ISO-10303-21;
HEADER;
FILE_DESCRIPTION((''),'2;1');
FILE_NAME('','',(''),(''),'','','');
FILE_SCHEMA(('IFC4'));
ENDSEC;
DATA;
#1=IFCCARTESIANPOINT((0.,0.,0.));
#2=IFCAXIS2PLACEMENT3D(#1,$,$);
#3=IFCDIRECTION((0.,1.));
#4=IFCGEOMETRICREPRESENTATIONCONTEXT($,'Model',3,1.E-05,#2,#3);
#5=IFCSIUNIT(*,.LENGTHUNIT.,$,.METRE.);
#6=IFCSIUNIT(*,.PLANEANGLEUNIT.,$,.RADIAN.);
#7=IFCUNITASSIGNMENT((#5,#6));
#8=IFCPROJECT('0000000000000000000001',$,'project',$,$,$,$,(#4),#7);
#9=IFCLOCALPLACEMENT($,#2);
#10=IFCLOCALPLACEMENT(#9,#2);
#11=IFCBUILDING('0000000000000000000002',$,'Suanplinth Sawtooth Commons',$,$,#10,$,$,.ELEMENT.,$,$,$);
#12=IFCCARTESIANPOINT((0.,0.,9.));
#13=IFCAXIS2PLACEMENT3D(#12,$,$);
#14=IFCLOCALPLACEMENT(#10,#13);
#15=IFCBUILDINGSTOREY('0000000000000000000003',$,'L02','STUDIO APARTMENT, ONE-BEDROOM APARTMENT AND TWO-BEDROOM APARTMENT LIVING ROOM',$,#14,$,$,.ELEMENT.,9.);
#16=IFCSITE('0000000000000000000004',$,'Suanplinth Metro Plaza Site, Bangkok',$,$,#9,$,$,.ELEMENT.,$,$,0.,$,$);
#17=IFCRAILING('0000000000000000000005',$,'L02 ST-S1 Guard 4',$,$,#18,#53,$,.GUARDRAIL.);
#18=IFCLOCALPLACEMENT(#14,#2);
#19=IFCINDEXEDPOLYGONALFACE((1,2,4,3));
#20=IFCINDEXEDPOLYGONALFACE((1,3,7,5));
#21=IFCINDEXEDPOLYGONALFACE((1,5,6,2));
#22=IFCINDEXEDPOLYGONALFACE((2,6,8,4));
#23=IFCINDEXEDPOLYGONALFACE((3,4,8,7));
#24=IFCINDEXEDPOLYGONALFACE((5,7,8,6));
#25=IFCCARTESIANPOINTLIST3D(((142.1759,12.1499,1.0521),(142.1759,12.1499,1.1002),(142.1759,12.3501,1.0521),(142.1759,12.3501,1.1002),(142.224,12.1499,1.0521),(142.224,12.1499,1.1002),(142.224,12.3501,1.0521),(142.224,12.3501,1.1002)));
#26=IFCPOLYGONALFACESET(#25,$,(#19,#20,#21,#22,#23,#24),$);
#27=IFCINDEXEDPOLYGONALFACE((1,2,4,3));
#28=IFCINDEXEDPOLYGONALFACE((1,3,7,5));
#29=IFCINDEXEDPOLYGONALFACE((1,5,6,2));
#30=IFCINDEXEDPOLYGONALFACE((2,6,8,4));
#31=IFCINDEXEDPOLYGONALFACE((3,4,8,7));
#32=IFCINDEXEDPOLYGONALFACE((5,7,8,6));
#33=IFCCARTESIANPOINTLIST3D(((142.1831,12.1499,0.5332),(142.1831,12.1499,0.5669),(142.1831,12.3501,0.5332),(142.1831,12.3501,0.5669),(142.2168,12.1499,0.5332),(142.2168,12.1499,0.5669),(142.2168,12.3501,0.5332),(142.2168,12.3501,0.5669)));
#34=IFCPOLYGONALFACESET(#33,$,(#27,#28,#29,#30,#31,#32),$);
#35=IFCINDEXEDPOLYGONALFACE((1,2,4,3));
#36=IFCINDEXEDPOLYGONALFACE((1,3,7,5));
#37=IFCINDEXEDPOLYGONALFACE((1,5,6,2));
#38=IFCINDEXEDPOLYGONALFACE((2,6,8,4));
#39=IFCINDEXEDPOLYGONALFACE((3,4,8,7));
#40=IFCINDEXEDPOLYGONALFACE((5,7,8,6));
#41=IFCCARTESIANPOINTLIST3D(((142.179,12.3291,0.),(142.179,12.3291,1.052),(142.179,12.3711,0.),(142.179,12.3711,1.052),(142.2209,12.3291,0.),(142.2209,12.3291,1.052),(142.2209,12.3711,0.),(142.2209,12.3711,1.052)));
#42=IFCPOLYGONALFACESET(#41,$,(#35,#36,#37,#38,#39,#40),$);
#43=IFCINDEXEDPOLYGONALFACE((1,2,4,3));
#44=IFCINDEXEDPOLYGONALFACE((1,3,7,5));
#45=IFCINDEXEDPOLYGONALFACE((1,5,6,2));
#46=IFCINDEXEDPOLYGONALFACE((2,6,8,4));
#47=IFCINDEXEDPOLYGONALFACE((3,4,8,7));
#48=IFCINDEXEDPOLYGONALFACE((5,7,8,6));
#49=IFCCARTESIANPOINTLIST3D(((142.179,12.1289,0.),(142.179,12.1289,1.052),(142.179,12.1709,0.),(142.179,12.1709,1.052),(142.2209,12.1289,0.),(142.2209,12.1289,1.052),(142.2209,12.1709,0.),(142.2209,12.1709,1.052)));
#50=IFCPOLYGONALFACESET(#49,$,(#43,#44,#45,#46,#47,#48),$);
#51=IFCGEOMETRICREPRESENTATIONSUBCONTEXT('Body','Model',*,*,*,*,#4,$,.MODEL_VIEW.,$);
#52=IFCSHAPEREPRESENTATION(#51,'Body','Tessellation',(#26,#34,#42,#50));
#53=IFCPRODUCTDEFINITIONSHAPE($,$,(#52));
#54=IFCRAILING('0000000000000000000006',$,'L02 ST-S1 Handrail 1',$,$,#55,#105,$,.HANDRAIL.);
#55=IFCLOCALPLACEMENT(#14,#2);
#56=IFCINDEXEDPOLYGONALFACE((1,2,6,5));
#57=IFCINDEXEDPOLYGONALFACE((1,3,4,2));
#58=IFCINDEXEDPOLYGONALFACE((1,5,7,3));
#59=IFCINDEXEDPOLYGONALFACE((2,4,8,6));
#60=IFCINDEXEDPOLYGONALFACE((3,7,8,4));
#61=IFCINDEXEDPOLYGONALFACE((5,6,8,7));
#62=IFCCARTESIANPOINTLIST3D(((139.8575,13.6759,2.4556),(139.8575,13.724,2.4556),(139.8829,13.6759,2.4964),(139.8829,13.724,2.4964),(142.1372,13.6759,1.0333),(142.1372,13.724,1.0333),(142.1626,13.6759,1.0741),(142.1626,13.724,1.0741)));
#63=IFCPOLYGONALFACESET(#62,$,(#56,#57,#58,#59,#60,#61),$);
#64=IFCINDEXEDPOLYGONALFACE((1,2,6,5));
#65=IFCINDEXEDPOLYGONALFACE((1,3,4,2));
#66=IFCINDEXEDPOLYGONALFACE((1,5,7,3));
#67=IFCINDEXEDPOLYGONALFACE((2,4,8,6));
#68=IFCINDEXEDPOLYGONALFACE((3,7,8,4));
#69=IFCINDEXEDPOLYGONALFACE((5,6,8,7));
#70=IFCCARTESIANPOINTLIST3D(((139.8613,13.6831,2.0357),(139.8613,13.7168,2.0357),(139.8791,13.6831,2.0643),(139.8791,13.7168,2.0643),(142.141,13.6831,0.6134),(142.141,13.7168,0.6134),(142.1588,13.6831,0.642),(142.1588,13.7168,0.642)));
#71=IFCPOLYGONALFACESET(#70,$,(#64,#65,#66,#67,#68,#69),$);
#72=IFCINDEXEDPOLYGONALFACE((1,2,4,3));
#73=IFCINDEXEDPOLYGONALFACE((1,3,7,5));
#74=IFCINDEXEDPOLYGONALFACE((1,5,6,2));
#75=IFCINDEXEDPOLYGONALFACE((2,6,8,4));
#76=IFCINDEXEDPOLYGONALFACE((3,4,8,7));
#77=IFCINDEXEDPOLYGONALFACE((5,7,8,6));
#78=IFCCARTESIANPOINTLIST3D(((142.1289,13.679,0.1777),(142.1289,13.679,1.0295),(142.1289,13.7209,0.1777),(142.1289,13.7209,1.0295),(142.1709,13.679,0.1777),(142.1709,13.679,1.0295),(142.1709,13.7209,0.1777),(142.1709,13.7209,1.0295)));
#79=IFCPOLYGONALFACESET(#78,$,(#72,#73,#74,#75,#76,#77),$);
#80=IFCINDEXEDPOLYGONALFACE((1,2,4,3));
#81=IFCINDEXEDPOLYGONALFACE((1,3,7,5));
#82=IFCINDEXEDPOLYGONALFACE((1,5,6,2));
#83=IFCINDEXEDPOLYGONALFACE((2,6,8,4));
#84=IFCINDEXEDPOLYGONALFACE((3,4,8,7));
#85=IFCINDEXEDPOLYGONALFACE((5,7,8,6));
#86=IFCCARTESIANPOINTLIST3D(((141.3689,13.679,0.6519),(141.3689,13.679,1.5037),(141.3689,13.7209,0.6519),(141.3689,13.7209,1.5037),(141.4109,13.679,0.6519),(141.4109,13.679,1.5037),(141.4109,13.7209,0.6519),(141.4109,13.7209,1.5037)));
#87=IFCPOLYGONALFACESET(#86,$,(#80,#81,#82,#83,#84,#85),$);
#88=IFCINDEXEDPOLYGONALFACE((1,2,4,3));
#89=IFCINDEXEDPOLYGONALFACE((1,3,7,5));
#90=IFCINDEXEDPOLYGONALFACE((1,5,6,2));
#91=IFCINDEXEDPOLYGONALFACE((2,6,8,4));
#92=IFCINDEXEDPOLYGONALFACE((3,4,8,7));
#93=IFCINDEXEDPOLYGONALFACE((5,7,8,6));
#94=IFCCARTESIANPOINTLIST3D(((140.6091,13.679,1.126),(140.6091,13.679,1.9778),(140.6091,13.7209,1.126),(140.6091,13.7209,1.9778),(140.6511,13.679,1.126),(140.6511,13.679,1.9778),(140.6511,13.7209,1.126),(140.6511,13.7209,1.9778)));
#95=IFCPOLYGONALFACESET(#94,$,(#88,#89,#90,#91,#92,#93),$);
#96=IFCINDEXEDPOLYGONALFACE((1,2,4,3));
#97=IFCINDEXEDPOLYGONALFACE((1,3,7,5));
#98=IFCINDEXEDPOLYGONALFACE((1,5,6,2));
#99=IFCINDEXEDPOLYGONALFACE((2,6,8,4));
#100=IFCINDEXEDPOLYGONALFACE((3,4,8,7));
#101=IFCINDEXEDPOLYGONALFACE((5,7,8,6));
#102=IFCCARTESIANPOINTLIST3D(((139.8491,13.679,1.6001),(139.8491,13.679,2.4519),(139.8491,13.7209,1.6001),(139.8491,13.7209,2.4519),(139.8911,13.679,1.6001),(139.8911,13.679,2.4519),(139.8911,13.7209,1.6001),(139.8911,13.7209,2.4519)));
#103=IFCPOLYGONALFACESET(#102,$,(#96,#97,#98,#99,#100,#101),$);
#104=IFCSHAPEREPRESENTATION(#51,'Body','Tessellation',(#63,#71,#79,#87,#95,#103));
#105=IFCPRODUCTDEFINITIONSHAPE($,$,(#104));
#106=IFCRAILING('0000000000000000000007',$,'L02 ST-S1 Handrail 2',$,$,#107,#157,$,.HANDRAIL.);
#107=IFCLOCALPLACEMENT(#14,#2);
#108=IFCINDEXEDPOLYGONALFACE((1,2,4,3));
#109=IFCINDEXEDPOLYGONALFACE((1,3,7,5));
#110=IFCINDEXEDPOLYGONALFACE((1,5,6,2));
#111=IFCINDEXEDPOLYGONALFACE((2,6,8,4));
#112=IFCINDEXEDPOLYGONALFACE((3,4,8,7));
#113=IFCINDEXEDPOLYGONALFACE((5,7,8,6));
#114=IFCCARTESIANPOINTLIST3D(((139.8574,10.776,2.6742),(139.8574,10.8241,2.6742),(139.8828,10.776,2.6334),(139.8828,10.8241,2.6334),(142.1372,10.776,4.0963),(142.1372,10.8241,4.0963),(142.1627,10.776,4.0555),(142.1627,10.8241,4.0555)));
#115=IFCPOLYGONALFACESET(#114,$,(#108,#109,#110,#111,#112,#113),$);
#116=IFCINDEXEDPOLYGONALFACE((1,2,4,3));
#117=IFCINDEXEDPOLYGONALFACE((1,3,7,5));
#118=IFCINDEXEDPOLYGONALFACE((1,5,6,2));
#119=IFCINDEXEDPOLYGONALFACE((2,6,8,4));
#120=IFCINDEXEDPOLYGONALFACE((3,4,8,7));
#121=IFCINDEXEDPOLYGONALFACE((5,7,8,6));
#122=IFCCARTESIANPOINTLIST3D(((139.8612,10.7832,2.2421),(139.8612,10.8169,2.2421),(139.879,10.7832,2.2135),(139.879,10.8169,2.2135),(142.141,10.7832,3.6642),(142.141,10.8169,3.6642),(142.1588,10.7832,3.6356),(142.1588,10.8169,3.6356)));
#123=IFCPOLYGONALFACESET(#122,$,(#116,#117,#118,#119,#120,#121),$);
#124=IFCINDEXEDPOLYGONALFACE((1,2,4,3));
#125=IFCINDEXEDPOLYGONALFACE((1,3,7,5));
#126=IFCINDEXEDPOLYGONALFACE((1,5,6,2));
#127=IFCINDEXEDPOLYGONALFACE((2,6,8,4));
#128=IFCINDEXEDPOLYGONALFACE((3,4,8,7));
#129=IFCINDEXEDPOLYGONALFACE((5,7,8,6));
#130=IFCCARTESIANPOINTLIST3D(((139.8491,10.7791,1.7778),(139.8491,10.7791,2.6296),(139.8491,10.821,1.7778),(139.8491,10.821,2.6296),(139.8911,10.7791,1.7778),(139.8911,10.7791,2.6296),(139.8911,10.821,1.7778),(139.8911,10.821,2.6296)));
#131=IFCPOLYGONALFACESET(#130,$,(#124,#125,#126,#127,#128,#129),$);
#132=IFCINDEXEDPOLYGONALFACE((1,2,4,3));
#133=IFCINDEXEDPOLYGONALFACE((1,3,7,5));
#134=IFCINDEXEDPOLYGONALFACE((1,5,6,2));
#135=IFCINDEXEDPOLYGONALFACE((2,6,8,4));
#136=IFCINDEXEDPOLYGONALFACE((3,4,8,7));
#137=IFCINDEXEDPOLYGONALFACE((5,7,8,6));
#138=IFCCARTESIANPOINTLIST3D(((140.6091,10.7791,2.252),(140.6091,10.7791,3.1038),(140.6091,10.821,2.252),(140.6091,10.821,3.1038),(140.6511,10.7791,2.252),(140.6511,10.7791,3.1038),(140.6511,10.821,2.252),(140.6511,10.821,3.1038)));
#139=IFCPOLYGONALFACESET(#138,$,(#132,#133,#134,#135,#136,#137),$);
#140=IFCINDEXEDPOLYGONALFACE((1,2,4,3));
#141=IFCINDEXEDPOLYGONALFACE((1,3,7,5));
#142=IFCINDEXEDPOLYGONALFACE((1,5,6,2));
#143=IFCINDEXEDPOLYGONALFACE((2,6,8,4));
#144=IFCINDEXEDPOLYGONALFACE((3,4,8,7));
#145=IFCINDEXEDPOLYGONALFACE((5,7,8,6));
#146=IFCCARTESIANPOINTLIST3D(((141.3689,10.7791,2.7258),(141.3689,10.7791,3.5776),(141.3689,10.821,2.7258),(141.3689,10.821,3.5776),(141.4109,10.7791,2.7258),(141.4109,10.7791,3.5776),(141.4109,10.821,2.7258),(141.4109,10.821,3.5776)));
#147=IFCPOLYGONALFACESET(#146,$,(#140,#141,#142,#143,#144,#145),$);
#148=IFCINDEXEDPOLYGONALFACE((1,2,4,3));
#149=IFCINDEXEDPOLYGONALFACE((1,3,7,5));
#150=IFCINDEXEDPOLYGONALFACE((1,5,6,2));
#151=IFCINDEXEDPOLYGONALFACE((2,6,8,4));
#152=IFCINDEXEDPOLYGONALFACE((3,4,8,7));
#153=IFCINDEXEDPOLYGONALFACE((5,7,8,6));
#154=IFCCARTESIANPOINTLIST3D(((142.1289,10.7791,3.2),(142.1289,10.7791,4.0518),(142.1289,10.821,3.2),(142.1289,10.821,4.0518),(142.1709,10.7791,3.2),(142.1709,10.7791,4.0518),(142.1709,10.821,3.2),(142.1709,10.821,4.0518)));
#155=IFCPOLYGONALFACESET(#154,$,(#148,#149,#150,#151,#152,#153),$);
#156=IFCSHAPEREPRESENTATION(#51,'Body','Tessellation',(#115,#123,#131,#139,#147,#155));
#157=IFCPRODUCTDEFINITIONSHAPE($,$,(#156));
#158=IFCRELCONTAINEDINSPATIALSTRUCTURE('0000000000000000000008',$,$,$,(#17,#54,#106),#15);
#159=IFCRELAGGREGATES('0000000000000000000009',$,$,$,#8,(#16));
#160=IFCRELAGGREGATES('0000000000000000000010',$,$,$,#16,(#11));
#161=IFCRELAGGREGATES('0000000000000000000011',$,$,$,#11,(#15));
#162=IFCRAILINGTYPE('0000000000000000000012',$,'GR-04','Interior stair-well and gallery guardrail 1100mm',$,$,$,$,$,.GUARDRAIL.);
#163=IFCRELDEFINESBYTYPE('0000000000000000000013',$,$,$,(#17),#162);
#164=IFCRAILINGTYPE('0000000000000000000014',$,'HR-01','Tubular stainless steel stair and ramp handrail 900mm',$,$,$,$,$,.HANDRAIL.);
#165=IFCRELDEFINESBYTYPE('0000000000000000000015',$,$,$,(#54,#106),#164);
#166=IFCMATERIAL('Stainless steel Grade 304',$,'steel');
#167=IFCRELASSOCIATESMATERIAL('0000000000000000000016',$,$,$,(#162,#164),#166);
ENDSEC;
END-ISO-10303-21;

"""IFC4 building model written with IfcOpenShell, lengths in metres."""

from ifc_helpers import new_model, si_unit, direction, frame, origin, origin_2d, place, context, subcontext, project, spatial, rectangle, extrude, material, type_object, element, save


model = new_model("IFC4")

# Units and contexts
model_context = context("Model", 3, precision=1e-05, world=origin(), true_north=direction((0.0, 1.0)))
body_context = subcontext(model_context, "Body", "Model", "MODEL_VIEW")
ifc_project = project(units=[si_unit("LENGTHUNIT", "METRE"), si_unit("PLANEANGLEUNIT", "RADIAN")], contexts=[model_context])

# Site, building, storey
site_placement = place(None, origin())
site = spatial("IfcSite", under=ifc_project, at=site_placement, Name="Suanplinth Metro Plaza Site, Bangkok", CompositionType="ELEMENT", RefElevation=0.0)
building_placement = place(site_placement, origin())
building = spatial("IfcBuilding", under=site, at=building_placement, Name="Suanplinth Sawtooth Commons", CompositionType="ELEMENT")
storey_placement = place(building_placement, frame((0.0, 0.0, 9.0)))
storey = spatial("IfcBuildingStorey", under=building, at=storey_placement, Name="L02", Description="STUDIO APARTMENT, ONE-BEDROOM APARTMENT AND TWO-BEDROOM APARTMENT LIVING ROOM", CompositionType="ELEMENT", Elevation=9.0)

# Shared definitions
ifc_material_1 = material(Name="Stainless steel Grade 304", Category="steel")

# Railings
railing_type_1 = type_object("IfcRailingType", Name="GR-04", Description="Interior stair-well and gallery guardrail 1100mm", PredefinedType="GUARDRAIL", material=ifc_material_1)
railing_1_placement = place(storey_placement, frame((142.2, 12.3501, 0.0)))
element("IfcRailing", 1, at=railing_1_placement, inside=storey, type_object=railing_type_1, Name="L02 ST-S1 Guard 4", PredefinedType="GUARDRAIL", context=body_context, shape_type="SweptSolid", body=[
    extrude(rectangle(XDim=0.0481, YDim=0.0481, at=origin_2d()), frame((0.0, 0.0, 1.0762), z_axis=(0.0, -1.0, 0.0), x_axis=(1.0, 0.0, 0.0)), (0.0, 0.0, 1.0), 0.2002),
    extrude(rectangle(XDim=0.0337, YDim=0.0337, at=origin_2d()), frame((0.0, 0.0, 0.55), z_axis=(0.0, -1.0, 0.0), x_axis=(1.0, 0.0, 0.0)), (0.0, 0.0, 1.0), 0.2002),
    extrude(rectangle(XDim=0.042, YDim=0.042, at=origin_2d()), origin(), (0.0, 0.0, 1.0), 1.052),
    extrude(rectangle(XDim=0.042, YDim=0.042, at=origin_2d()), frame((0.0, -0.2002, 0.0)), (0.0, 0.0, 1.0), 1.052),
])
railing_type_2 = type_object("IfcRailingType", Name="HR-01", Description="Tubular stainless steel stair and ramp handrail 900mm", PredefinedType="HANDRAIL", material=ifc_material_1)
railing_2_placement = place(storey_placement, frame((142.1499, 13.7, 0.1777)))
element("IfcRailing", 2, at=railing_2_placement, inside=storey, type_object=railing_type_2, Name="L02 ST-S1 Handrail 1", PredefinedType="HANDRAIL", context=body_context, shape_type="SweptSolid", body=[
    extrude(rectangle(XDim=0.0481, YDim=0.0481, at=origin_2d()), frame((0.0, 0.0, 0.876), z_axis=(-0.848417, 0.0, 0.529329), x_axis=(0.0, -1.0, 0.0)), (0.0, 0.0, 1.0), 2.687),
    extrude(rectangle(XDim=0.0337, YDim=0.0337, at=origin_2d()), frame((0.0, 0.0, 0.45), z_axis=(-0.848417, 0.0, 0.529329), x_axis=(0.0, -1.0, 0.0)), (0.0, 0.0, 1.0), 2.687),
    extrude(rectangle(XDim=0.042, YDim=0.042, at=origin_2d()), origin(), (0.0, 0.0, 1.0), 0.8518),
    extrude(rectangle(XDim=0.042, YDim=0.042, at=origin_2d()), frame((-0.76, 0.0, 0.4741)), (0.0, 0.0, 1.0), 0.8518),
    extrude(rectangle(XDim=0.042, YDim=0.042, at=origin_2d()), frame((-1.5198, 0.0, 0.9482)), (0.0, 0.0, 1.0), 0.8518),
    extrude(rectangle(XDim=0.042, YDim=0.042, at=origin_2d()), frame((-2.2798, 0.0, 1.4224)), (0.0, 0.0, 1.0), 0.8518),
])
railing_3_placement = place(storey_placement, frame((139.8701, 10.8, 1.7778)))
element("IfcRailing", 3, at=railing_3_placement, inside=storey, type_object=railing_type_2, Name="L02 ST-S1 Handrail 2", PredefinedType="HANDRAIL", context=body_context, shape_type="SweptSolid", body=[
    extrude(rectangle(XDim=0.0481, YDim=0.0481, at=origin_2d()), frame((0.0, 0.0, 0.876), z_axis=(0.848457, 0.0, 0.529264), x_axis=(0.0, 1.0, 0.0)), (0.0, 0.0, 1.0), 2.687),
    extrude(rectangle(XDim=0.0337, YDim=0.0337, at=origin_2d()), frame((0.0, 0.0, 0.45), z_axis=(0.848457, 0.0, 0.529264), x_axis=(0.0, 1.0, 0.0)), (0.0, 0.0, 1.0), 2.687),
    extrude(rectangle(XDim=0.042, YDim=0.042, at=origin_2d()), origin(), (0.0, 0.0, 1.0), 0.8518),
    extrude(rectangle(XDim=0.042, YDim=0.042, at=origin_2d()), frame((0.76, 0.0, 0.4741)), (0.0, 0.0, 1.0), 0.8518),
    extrude(rectangle(XDim=0.042, YDim=0.042, at=origin_2d()), frame((1.5198, 0.0, 0.948)), (0.0, 0.0, 1.0), 0.8518),
    extrude(rectangle(XDim=0.042, YDim=0.042, at=origin_2d()), frame((2.2798, 0.0, 1.4221)), (0.0, 0.0, 1.0), 0.8518),
])

save(model, "model.ifc")
